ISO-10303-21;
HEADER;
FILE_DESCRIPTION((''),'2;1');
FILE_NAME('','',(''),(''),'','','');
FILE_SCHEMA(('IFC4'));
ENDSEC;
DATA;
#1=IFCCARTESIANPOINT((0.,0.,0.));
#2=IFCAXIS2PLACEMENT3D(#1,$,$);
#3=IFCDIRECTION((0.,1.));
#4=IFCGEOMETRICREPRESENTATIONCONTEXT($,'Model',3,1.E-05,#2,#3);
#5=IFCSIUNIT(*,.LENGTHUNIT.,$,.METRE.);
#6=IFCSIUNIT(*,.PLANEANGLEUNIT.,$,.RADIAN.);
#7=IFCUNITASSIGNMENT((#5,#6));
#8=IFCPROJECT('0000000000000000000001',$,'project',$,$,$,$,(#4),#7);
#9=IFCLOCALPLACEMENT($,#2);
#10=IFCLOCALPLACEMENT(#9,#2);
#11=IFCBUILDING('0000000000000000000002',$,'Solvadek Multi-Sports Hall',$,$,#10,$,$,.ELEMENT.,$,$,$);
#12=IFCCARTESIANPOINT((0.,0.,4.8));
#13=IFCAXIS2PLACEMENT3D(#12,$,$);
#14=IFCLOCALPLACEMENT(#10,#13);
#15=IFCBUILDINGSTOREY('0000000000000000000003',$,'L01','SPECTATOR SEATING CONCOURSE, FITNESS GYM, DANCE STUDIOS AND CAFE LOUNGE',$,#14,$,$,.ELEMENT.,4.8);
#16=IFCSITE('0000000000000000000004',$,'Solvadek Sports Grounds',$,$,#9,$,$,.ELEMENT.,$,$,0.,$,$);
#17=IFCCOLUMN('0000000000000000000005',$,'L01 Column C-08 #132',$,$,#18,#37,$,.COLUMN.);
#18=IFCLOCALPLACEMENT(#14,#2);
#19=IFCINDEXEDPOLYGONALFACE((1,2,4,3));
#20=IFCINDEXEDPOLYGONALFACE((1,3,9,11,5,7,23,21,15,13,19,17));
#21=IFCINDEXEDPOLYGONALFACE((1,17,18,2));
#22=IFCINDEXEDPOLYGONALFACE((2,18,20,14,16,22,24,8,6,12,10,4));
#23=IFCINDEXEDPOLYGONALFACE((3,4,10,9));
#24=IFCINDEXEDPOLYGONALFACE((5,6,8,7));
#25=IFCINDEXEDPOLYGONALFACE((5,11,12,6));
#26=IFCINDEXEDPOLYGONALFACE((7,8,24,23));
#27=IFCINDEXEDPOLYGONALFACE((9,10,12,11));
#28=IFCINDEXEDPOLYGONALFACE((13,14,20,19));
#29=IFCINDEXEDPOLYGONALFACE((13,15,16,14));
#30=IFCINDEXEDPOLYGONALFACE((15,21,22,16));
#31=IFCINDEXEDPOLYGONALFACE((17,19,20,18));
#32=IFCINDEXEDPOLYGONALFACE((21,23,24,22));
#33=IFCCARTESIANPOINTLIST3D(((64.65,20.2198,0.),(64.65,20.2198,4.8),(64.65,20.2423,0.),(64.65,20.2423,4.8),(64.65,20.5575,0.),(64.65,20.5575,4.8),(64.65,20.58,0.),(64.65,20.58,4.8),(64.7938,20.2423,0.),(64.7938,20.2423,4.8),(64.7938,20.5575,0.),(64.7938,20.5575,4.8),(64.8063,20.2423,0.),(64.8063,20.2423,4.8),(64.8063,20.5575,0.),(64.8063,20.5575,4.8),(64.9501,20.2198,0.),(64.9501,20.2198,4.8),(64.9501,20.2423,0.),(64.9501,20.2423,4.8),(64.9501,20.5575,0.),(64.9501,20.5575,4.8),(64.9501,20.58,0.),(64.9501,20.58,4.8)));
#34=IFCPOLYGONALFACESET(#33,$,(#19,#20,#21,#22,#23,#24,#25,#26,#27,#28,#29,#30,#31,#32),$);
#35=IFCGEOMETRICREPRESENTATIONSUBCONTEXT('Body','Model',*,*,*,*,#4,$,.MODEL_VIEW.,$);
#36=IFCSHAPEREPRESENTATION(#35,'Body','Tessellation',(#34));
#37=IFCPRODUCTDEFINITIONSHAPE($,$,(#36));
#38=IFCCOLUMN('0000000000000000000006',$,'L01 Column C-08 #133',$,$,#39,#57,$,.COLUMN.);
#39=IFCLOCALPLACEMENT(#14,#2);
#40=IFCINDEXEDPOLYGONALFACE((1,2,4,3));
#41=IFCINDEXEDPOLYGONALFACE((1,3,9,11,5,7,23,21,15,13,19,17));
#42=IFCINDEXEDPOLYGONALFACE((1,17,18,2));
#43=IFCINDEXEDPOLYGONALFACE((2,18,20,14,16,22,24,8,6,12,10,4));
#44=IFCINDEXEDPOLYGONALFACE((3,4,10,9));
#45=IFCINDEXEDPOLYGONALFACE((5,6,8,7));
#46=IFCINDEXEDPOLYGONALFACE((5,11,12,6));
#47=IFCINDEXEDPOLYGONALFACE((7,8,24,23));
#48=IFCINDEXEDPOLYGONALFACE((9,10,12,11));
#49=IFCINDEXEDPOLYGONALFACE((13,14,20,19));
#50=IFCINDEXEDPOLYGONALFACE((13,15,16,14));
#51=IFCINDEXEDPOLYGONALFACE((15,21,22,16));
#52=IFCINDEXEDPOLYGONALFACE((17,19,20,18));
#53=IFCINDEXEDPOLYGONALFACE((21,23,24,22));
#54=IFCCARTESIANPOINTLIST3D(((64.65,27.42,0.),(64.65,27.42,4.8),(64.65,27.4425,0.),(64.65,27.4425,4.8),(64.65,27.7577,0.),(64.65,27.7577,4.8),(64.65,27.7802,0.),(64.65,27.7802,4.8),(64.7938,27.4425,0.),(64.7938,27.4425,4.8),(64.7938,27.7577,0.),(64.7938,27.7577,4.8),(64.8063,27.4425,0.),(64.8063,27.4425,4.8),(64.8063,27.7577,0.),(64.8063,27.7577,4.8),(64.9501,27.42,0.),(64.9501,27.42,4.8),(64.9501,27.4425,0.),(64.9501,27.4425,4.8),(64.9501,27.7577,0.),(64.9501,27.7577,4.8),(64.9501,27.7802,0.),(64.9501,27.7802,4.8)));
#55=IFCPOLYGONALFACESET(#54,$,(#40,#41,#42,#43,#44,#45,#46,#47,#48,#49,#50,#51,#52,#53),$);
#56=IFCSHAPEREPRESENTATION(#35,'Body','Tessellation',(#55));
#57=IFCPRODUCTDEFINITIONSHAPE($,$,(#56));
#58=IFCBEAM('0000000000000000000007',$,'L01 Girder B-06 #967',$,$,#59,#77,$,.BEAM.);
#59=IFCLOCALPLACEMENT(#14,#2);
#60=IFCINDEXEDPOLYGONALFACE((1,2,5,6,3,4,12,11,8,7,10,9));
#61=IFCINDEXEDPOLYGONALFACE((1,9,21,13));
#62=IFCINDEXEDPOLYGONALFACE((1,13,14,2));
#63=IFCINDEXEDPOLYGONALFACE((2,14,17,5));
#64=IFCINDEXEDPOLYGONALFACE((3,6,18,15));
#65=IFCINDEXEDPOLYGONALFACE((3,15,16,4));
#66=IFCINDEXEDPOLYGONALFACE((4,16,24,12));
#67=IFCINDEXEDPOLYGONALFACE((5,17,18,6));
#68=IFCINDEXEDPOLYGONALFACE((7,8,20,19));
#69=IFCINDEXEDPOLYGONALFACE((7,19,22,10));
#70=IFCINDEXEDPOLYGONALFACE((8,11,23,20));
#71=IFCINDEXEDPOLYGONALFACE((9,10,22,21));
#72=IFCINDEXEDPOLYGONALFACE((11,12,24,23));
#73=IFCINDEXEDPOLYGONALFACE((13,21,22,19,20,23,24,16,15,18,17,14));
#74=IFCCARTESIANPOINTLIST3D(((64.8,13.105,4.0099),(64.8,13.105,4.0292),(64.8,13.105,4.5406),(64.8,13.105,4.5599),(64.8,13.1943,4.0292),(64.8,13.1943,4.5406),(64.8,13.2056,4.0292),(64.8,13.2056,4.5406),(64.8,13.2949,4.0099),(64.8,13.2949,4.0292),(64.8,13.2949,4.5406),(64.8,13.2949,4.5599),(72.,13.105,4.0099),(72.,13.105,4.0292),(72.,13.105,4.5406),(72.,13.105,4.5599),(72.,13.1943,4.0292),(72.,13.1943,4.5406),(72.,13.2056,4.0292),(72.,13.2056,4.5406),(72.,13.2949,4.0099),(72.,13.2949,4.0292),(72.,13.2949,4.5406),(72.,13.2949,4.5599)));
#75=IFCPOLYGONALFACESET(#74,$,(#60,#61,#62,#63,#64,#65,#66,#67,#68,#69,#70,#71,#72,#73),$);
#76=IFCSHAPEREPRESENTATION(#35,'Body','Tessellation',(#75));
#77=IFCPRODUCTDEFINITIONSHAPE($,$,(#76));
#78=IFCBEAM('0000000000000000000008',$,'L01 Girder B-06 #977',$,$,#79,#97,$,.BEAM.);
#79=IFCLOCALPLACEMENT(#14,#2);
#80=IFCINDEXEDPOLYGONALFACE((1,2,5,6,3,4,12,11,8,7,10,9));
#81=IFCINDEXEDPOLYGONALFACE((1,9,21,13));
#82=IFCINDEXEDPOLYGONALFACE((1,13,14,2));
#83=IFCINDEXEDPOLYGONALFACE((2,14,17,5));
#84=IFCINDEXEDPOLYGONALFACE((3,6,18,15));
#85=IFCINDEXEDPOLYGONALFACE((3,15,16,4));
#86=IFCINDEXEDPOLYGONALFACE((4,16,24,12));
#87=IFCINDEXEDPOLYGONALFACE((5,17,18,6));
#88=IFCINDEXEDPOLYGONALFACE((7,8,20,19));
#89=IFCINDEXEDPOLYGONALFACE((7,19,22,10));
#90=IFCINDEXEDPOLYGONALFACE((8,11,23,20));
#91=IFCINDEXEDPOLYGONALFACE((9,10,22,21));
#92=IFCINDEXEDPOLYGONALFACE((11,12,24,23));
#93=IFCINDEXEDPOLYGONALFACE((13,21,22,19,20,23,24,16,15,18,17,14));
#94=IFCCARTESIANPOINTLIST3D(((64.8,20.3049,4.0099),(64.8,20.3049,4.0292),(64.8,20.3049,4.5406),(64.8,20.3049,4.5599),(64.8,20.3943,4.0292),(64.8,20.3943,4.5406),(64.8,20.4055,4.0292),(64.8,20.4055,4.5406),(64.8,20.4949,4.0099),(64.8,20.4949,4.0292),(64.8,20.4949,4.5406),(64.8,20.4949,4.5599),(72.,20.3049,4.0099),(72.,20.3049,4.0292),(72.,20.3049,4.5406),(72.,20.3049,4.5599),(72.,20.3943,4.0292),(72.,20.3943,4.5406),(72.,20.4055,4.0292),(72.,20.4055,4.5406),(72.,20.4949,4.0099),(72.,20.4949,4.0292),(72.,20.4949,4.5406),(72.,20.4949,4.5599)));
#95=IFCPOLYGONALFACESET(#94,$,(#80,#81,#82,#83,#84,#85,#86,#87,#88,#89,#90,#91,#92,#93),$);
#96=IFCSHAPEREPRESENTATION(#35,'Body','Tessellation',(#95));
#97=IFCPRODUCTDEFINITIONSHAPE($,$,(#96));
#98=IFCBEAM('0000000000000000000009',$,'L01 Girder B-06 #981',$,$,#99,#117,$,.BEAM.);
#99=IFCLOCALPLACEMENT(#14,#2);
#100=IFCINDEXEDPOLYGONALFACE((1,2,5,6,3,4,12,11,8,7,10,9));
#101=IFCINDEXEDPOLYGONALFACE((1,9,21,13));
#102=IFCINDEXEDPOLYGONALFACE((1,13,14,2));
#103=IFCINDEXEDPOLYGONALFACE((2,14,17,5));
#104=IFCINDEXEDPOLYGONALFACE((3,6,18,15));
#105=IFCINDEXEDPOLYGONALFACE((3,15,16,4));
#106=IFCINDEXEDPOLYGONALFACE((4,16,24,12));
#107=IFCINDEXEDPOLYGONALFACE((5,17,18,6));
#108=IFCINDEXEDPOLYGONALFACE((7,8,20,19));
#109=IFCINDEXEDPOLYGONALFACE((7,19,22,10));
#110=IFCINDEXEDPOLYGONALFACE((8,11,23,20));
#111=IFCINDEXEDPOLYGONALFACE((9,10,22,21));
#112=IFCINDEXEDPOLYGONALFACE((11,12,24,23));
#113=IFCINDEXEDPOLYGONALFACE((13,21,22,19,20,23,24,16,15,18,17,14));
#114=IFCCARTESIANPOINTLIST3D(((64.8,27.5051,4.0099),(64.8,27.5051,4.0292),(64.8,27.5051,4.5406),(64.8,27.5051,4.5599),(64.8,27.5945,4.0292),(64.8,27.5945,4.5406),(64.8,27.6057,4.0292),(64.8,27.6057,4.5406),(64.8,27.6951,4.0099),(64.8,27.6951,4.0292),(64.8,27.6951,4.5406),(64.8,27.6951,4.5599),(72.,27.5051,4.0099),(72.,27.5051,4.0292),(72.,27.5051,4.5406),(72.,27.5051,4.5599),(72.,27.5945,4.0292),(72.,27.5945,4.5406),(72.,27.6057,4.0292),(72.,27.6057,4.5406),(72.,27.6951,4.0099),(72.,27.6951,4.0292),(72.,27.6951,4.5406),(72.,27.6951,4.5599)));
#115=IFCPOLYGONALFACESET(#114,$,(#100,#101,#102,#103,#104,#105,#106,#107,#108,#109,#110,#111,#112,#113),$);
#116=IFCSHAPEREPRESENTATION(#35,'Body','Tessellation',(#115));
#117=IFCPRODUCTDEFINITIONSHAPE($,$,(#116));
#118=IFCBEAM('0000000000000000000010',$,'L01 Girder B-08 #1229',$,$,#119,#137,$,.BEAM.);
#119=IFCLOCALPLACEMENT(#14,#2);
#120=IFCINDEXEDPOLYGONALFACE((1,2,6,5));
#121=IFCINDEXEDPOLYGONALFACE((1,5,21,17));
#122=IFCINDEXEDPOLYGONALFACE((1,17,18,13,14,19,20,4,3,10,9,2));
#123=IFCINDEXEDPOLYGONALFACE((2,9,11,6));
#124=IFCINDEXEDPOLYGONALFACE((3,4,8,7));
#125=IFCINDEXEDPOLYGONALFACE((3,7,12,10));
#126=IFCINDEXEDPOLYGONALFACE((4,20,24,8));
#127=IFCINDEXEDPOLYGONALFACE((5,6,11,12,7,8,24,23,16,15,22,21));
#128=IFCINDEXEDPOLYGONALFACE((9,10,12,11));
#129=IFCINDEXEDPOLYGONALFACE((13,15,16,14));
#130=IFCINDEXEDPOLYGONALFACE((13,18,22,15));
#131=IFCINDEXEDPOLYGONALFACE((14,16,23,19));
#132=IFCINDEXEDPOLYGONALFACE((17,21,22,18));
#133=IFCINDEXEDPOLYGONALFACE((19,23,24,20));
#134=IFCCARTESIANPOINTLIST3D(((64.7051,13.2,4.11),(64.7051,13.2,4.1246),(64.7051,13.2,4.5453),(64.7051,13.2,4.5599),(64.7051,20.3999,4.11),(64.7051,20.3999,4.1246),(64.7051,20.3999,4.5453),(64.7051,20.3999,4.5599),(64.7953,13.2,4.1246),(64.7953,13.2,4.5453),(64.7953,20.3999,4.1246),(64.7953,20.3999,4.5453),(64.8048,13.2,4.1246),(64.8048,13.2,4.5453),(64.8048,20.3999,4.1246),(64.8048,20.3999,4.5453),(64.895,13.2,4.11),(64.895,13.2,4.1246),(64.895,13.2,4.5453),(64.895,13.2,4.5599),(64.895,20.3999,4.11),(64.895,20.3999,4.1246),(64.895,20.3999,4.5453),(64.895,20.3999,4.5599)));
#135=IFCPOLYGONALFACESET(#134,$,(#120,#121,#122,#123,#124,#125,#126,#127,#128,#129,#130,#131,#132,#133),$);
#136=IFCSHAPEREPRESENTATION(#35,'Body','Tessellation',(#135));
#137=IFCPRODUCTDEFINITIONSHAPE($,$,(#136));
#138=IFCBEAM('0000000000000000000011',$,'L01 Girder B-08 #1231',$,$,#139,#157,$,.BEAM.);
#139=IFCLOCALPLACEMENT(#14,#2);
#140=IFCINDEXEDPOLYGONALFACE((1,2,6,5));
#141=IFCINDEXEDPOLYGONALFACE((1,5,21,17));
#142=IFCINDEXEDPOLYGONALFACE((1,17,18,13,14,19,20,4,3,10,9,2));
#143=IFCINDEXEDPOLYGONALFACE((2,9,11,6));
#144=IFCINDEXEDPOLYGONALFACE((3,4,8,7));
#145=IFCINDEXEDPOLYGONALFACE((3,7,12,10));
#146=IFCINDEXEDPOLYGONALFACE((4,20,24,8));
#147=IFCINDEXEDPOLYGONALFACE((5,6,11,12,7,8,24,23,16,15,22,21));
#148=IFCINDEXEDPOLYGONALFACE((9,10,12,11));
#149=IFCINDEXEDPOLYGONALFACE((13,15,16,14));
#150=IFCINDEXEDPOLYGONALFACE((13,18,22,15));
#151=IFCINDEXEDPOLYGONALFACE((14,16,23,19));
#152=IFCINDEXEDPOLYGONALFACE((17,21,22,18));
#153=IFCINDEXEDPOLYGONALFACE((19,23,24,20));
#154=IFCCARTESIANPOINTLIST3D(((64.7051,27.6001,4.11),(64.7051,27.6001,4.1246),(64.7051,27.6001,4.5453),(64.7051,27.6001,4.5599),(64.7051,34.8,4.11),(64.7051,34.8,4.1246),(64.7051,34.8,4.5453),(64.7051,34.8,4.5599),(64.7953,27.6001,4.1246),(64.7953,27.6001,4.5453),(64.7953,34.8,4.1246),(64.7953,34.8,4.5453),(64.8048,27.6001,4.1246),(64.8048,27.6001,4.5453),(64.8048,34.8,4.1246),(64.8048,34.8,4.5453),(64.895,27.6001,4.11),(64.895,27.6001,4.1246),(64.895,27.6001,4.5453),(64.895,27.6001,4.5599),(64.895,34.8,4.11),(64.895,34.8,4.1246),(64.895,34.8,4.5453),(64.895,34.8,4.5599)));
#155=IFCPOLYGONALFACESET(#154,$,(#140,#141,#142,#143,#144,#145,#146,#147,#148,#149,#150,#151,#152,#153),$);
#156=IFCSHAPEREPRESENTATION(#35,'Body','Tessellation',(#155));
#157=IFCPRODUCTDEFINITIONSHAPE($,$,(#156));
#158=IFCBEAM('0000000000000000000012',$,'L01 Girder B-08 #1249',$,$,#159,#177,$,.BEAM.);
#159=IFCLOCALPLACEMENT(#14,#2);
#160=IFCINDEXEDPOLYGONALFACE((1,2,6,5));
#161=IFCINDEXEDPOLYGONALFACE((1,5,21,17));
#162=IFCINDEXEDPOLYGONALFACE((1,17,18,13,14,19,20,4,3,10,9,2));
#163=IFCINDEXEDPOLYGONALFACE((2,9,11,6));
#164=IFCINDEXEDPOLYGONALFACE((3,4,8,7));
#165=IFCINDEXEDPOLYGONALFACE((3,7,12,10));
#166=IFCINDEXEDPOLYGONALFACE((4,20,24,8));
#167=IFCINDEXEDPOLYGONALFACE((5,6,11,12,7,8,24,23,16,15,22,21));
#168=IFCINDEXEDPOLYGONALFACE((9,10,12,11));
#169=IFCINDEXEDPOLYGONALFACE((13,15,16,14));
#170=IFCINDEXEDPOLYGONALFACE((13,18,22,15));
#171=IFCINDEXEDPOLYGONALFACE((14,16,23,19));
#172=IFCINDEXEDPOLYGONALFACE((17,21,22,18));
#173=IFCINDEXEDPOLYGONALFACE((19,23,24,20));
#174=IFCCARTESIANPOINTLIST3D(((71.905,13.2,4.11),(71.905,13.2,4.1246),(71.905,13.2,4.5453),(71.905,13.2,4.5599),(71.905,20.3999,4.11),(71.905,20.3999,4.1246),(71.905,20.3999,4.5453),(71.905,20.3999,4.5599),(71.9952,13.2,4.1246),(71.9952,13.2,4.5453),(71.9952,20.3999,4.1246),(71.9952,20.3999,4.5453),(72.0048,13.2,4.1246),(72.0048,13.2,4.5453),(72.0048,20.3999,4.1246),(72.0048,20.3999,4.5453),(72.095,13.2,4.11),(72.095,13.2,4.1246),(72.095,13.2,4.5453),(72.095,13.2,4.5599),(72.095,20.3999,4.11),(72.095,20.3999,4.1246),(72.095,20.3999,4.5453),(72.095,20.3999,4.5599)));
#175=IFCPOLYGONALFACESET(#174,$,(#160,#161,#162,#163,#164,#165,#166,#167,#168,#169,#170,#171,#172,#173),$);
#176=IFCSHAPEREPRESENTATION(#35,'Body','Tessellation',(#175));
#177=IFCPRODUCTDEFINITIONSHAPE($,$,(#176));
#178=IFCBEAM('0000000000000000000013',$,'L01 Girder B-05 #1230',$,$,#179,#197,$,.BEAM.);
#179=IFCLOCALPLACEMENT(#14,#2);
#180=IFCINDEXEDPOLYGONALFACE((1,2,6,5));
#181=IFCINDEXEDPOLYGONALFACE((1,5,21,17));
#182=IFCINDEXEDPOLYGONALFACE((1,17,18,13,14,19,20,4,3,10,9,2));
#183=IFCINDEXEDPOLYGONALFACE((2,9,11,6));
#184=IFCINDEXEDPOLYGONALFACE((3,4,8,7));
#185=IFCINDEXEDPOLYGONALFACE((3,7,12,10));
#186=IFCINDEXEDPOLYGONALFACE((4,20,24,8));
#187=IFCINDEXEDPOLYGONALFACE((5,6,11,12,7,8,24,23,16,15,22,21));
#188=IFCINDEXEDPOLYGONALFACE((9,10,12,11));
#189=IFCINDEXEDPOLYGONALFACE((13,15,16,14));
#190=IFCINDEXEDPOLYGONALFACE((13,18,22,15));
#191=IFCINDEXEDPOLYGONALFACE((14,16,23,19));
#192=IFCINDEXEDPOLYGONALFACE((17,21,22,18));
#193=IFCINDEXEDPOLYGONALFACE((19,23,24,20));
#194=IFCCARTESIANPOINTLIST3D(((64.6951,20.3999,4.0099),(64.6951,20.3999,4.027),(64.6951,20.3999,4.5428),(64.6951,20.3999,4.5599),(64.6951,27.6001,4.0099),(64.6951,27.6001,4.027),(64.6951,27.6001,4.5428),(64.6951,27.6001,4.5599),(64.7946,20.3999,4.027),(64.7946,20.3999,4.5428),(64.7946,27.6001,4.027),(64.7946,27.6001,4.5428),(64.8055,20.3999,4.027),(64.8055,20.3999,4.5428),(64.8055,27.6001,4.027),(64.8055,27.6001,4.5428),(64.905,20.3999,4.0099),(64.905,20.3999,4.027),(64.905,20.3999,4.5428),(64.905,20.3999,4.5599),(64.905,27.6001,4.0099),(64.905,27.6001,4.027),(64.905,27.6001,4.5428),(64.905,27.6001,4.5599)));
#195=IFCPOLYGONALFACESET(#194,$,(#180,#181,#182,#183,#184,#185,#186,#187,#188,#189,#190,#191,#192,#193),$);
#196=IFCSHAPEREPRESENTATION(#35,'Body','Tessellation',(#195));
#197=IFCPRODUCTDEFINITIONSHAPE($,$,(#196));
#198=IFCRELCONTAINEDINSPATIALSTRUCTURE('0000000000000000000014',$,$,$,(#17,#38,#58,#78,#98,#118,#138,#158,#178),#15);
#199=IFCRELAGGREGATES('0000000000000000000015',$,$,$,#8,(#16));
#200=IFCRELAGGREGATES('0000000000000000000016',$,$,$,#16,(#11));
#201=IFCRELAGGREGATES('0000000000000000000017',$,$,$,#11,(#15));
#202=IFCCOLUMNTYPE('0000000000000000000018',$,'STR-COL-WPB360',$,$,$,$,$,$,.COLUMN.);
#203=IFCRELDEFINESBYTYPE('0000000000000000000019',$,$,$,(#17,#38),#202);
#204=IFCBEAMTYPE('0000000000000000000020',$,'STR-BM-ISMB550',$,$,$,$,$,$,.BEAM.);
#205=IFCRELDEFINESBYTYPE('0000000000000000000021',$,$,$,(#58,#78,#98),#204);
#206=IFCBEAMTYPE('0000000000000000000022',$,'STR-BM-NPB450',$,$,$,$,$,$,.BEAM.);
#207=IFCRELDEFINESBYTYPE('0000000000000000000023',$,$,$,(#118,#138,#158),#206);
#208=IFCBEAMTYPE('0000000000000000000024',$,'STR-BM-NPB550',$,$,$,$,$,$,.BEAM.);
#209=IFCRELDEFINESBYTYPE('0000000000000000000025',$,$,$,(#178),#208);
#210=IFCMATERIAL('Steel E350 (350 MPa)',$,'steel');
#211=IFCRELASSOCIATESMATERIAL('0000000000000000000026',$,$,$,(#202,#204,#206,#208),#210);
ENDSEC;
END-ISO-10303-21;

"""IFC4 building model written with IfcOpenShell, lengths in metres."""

from ifc_helpers import new_model, si_unit, direction, frame, origin, origin_2d, place, context, subcontext, project, spatial, i_section, extrude, material, material_profile, profile_set, type_object, element, save


model = new_model("IFC4")

# Units and contexts
model_context = context("Model", 3, precision=1e-05, world=origin(), true_north=direction((0.0, 1.0)))
body_context = subcontext(model_context, "Body", "Model", "MODEL_VIEW")
ifc_project = project(units=[si_unit("LENGTHUNIT", "METRE"), si_unit("PLANEANGLEUNIT", "RADIAN")], contexts=[model_context])

# Site, building, storey
site_placement = place(None, origin())
site = spatial("IfcSite", under=ifc_project, at=site_placement, Name="Solvadek Sports Grounds", CompositionType="ELEMENT", RefElevation=0.0)
building_placement = place(site_placement, origin())
building = spatial("IfcBuilding", under=site, at=building_placement, Name="Solvadek Multi-Sports Hall", CompositionType="ELEMENT")
storey_placement = place(building_placement, frame((0.0, 0.0, 4.8)))
storey = spatial("IfcBuildingStorey", under=building, at=storey_placement, Name="L01", Description="SPECTATOR SEATING CONCOURSE, FITNESS GYM, DANCE STUDIOS AND CAFE LOUNGE", CompositionType="ELEMENT", Elevation=4.8)

# Columns
ifc_material_1 = material(Name="Steel E350 (350 MPa)", Category="steel")
ifc_material_profile_1 = material_profile(ifc_material_1, i_section(OverallWidth=0.3, OverallDepth=0.3601, WebThickness=0.0125, FlangeThickness=0.0225, at=origin_2d()), Name="WPB 360")
ifc_profile_set_1 = profile_set([ifc_material_profile_1], Name="Steel E350 (350 MPa)")
column_type_1 = type_object("IfcColumnType", Name="STR-COL-WPB360", PredefinedType="COLUMN", material=ifc_profile_set_1)
for number, where, z_axis, x_axis, name in (
    (1, (64.8, 20.3999, 0.0), (0.0, 0.0, 1.0), (1.0, 0.0, 0.0), "L01 Column C-08 #132"),
    (2, (64.8, 27.6001, 0.0), (0.0, 0.0, 1.0), (1.0, 0.0, 0.0), "L01 Column C-08 #133"),
):
    element("IfcColumn", number, at=place(storey_placement, frame(where, z_axis=z_axis, x_axis=x_axis)), inside=storey, type_object=column_type_1, Name=name, PredefinedType="COLUMN", context=body_context, shape_type="SweptSolid", body=[
        extrude(i_section(OverallWidth=0.3, OverallDepth=0.3601, WebThickness=0.0125, FlangeThickness=0.0225, at=origin_2d()), origin(), (0.0, 0.0, 1.0), 4.8),
    ])

# Beams
ifc_material_profile_2 = material_profile(ifc_material_1, i_section(OverallWidth=0.1899, OverallDepth=0.55, WebThickness=0.0112, FlangeThickness=0.0193, at=origin_2d()), Name="ISMB 550")
ifc_profile_set_2 = profile_set([ifc_material_profile_2], Name="Steel E350 (350 MPa)")
beam_type_1 = type_object("IfcBeamType", Name="STR-BM-ISMB550", PredefinedType="BEAM", material=ifc_profile_set_2)
for number, where, z_axis, x_axis, name in (
    (3, (64.8, 13.2, 4.2849), (1.0, 0.0, 0.0), (0.0, 1.0, 0.0), "L01 Girder B-06 #967"),
    (4, (64.8, 20.3999, 4.2849), (1.0, 0.0, 0.0), (0.0, 1.0, 0.0), "L01 Girder B-06 #977"),
    (5, (64.8, 27.6001, 4.2849), (1.0, 0.0, 0.0), (0.0, 1.0, 0.0), "L01 Girder B-06 #981"),
):
    element("IfcBeam", number, at=place(storey_placement, frame(where, z_axis=z_axis, x_axis=x_axis)), inside=storey, type_object=beam_type_1, Name=name, PredefinedType="BEAM", context=body_context, shape_type="SweptSolid", body=[
        extrude(i_section(OverallWidth=0.1899, OverallDepth=0.55, WebThickness=0.0112, FlangeThickness=0.0193, at=origin_2d()), origin(), (0.0, 0.0, 1.0), 7.2),
    ])
ifc_material_profile_3 = material_profile(ifc_material_1, i_section(OverallWidth=0.1899, OverallDepth=0.45, WebThickness=0.0095, FlangeThickness=0.0146, at=origin_2d()), Name="NPB 450")
ifc_profile_set_3 = profile_set([ifc_material_profile_3], Name="Steel E350 (350 MPa)")
beam_type_2 = type_object("IfcBeamType", Name="STR-BM-NPB450", PredefinedType="BEAM", material=ifc_profile_set_3)
for number, where, z_axis, x_axis, name in (
    (6, (64.8, 13.2, 4.335), (0.0, 1.0, 0.0), (-1.0, 0.0, 0.0), "L01 Girder B-08 #1229"),
    (7, (64.8, 27.6001, 4.335), (0.0, 1.0, 0.0), (-1.0, 0.0, 0.0), "L01 Girder B-08 #1231"),
    (8, (72.0, 13.2, 4.335), (0.0, 1.0, 0.0), (-1.0, 0.0, 0.0), "L01 Girder B-08 #1249"),
):
    element("IfcBeam", number, at=place(storey_placement, frame(where, z_axis=z_axis, x_axis=x_axis)), inside=storey, type_object=beam_type_2, Name=name, PredefinedType="BEAM", context=body_context, shape_type="SweptSolid", body=[
        extrude(i_section(OverallWidth=0.1899, OverallDepth=0.45, WebThickness=0.0095, FlangeThickness=0.0146, at=origin_2d()), origin(), (0.0, 0.0, 1.0), 7.2),
    ])
ifc_material_profile_4 = material_profile(ifc_material_1, i_section(OverallWidth=0.21, OverallDepth=0.55, WebThickness=0.011, FlangeThickness=0.0171, at=origin_2d()), Name="NPB 550")
ifc_profile_set_4 = profile_set([ifc_material_profile_4], Name="Steel E350 (350 MPa)")
beam_type_3 = type_object("IfcBeamType", Name="STR-BM-NPB550", PredefinedType="BEAM", material=ifc_profile_set_4)
for number, where, z_axis, x_axis, name in (
    (9, (64.8, 20.3999, 4.2849), (0.0, 1.0, 0.0), (-1.0, 0.0, 0.0), "L01 Girder B-05 #1230"),
):
    element("IfcBeam", number, at=place(storey_placement, frame(where, z_axis=z_axis, x_axis=x_axis)), inside=storey, type_object=beam_type_3, Name=name, PredefinedType="BEAM", context=body_context, shape_type="SweptSolid", body=[
        extrude(i_section(OverallWidth=0.21, OverallDepth=0.55, WebThickness=0.011, FlangeThickness=0.0171, at=origin_2d()), origin(), (0.0, 0.0, 1.0), 7.2002),
    ])

save(model, "model.ifc")
